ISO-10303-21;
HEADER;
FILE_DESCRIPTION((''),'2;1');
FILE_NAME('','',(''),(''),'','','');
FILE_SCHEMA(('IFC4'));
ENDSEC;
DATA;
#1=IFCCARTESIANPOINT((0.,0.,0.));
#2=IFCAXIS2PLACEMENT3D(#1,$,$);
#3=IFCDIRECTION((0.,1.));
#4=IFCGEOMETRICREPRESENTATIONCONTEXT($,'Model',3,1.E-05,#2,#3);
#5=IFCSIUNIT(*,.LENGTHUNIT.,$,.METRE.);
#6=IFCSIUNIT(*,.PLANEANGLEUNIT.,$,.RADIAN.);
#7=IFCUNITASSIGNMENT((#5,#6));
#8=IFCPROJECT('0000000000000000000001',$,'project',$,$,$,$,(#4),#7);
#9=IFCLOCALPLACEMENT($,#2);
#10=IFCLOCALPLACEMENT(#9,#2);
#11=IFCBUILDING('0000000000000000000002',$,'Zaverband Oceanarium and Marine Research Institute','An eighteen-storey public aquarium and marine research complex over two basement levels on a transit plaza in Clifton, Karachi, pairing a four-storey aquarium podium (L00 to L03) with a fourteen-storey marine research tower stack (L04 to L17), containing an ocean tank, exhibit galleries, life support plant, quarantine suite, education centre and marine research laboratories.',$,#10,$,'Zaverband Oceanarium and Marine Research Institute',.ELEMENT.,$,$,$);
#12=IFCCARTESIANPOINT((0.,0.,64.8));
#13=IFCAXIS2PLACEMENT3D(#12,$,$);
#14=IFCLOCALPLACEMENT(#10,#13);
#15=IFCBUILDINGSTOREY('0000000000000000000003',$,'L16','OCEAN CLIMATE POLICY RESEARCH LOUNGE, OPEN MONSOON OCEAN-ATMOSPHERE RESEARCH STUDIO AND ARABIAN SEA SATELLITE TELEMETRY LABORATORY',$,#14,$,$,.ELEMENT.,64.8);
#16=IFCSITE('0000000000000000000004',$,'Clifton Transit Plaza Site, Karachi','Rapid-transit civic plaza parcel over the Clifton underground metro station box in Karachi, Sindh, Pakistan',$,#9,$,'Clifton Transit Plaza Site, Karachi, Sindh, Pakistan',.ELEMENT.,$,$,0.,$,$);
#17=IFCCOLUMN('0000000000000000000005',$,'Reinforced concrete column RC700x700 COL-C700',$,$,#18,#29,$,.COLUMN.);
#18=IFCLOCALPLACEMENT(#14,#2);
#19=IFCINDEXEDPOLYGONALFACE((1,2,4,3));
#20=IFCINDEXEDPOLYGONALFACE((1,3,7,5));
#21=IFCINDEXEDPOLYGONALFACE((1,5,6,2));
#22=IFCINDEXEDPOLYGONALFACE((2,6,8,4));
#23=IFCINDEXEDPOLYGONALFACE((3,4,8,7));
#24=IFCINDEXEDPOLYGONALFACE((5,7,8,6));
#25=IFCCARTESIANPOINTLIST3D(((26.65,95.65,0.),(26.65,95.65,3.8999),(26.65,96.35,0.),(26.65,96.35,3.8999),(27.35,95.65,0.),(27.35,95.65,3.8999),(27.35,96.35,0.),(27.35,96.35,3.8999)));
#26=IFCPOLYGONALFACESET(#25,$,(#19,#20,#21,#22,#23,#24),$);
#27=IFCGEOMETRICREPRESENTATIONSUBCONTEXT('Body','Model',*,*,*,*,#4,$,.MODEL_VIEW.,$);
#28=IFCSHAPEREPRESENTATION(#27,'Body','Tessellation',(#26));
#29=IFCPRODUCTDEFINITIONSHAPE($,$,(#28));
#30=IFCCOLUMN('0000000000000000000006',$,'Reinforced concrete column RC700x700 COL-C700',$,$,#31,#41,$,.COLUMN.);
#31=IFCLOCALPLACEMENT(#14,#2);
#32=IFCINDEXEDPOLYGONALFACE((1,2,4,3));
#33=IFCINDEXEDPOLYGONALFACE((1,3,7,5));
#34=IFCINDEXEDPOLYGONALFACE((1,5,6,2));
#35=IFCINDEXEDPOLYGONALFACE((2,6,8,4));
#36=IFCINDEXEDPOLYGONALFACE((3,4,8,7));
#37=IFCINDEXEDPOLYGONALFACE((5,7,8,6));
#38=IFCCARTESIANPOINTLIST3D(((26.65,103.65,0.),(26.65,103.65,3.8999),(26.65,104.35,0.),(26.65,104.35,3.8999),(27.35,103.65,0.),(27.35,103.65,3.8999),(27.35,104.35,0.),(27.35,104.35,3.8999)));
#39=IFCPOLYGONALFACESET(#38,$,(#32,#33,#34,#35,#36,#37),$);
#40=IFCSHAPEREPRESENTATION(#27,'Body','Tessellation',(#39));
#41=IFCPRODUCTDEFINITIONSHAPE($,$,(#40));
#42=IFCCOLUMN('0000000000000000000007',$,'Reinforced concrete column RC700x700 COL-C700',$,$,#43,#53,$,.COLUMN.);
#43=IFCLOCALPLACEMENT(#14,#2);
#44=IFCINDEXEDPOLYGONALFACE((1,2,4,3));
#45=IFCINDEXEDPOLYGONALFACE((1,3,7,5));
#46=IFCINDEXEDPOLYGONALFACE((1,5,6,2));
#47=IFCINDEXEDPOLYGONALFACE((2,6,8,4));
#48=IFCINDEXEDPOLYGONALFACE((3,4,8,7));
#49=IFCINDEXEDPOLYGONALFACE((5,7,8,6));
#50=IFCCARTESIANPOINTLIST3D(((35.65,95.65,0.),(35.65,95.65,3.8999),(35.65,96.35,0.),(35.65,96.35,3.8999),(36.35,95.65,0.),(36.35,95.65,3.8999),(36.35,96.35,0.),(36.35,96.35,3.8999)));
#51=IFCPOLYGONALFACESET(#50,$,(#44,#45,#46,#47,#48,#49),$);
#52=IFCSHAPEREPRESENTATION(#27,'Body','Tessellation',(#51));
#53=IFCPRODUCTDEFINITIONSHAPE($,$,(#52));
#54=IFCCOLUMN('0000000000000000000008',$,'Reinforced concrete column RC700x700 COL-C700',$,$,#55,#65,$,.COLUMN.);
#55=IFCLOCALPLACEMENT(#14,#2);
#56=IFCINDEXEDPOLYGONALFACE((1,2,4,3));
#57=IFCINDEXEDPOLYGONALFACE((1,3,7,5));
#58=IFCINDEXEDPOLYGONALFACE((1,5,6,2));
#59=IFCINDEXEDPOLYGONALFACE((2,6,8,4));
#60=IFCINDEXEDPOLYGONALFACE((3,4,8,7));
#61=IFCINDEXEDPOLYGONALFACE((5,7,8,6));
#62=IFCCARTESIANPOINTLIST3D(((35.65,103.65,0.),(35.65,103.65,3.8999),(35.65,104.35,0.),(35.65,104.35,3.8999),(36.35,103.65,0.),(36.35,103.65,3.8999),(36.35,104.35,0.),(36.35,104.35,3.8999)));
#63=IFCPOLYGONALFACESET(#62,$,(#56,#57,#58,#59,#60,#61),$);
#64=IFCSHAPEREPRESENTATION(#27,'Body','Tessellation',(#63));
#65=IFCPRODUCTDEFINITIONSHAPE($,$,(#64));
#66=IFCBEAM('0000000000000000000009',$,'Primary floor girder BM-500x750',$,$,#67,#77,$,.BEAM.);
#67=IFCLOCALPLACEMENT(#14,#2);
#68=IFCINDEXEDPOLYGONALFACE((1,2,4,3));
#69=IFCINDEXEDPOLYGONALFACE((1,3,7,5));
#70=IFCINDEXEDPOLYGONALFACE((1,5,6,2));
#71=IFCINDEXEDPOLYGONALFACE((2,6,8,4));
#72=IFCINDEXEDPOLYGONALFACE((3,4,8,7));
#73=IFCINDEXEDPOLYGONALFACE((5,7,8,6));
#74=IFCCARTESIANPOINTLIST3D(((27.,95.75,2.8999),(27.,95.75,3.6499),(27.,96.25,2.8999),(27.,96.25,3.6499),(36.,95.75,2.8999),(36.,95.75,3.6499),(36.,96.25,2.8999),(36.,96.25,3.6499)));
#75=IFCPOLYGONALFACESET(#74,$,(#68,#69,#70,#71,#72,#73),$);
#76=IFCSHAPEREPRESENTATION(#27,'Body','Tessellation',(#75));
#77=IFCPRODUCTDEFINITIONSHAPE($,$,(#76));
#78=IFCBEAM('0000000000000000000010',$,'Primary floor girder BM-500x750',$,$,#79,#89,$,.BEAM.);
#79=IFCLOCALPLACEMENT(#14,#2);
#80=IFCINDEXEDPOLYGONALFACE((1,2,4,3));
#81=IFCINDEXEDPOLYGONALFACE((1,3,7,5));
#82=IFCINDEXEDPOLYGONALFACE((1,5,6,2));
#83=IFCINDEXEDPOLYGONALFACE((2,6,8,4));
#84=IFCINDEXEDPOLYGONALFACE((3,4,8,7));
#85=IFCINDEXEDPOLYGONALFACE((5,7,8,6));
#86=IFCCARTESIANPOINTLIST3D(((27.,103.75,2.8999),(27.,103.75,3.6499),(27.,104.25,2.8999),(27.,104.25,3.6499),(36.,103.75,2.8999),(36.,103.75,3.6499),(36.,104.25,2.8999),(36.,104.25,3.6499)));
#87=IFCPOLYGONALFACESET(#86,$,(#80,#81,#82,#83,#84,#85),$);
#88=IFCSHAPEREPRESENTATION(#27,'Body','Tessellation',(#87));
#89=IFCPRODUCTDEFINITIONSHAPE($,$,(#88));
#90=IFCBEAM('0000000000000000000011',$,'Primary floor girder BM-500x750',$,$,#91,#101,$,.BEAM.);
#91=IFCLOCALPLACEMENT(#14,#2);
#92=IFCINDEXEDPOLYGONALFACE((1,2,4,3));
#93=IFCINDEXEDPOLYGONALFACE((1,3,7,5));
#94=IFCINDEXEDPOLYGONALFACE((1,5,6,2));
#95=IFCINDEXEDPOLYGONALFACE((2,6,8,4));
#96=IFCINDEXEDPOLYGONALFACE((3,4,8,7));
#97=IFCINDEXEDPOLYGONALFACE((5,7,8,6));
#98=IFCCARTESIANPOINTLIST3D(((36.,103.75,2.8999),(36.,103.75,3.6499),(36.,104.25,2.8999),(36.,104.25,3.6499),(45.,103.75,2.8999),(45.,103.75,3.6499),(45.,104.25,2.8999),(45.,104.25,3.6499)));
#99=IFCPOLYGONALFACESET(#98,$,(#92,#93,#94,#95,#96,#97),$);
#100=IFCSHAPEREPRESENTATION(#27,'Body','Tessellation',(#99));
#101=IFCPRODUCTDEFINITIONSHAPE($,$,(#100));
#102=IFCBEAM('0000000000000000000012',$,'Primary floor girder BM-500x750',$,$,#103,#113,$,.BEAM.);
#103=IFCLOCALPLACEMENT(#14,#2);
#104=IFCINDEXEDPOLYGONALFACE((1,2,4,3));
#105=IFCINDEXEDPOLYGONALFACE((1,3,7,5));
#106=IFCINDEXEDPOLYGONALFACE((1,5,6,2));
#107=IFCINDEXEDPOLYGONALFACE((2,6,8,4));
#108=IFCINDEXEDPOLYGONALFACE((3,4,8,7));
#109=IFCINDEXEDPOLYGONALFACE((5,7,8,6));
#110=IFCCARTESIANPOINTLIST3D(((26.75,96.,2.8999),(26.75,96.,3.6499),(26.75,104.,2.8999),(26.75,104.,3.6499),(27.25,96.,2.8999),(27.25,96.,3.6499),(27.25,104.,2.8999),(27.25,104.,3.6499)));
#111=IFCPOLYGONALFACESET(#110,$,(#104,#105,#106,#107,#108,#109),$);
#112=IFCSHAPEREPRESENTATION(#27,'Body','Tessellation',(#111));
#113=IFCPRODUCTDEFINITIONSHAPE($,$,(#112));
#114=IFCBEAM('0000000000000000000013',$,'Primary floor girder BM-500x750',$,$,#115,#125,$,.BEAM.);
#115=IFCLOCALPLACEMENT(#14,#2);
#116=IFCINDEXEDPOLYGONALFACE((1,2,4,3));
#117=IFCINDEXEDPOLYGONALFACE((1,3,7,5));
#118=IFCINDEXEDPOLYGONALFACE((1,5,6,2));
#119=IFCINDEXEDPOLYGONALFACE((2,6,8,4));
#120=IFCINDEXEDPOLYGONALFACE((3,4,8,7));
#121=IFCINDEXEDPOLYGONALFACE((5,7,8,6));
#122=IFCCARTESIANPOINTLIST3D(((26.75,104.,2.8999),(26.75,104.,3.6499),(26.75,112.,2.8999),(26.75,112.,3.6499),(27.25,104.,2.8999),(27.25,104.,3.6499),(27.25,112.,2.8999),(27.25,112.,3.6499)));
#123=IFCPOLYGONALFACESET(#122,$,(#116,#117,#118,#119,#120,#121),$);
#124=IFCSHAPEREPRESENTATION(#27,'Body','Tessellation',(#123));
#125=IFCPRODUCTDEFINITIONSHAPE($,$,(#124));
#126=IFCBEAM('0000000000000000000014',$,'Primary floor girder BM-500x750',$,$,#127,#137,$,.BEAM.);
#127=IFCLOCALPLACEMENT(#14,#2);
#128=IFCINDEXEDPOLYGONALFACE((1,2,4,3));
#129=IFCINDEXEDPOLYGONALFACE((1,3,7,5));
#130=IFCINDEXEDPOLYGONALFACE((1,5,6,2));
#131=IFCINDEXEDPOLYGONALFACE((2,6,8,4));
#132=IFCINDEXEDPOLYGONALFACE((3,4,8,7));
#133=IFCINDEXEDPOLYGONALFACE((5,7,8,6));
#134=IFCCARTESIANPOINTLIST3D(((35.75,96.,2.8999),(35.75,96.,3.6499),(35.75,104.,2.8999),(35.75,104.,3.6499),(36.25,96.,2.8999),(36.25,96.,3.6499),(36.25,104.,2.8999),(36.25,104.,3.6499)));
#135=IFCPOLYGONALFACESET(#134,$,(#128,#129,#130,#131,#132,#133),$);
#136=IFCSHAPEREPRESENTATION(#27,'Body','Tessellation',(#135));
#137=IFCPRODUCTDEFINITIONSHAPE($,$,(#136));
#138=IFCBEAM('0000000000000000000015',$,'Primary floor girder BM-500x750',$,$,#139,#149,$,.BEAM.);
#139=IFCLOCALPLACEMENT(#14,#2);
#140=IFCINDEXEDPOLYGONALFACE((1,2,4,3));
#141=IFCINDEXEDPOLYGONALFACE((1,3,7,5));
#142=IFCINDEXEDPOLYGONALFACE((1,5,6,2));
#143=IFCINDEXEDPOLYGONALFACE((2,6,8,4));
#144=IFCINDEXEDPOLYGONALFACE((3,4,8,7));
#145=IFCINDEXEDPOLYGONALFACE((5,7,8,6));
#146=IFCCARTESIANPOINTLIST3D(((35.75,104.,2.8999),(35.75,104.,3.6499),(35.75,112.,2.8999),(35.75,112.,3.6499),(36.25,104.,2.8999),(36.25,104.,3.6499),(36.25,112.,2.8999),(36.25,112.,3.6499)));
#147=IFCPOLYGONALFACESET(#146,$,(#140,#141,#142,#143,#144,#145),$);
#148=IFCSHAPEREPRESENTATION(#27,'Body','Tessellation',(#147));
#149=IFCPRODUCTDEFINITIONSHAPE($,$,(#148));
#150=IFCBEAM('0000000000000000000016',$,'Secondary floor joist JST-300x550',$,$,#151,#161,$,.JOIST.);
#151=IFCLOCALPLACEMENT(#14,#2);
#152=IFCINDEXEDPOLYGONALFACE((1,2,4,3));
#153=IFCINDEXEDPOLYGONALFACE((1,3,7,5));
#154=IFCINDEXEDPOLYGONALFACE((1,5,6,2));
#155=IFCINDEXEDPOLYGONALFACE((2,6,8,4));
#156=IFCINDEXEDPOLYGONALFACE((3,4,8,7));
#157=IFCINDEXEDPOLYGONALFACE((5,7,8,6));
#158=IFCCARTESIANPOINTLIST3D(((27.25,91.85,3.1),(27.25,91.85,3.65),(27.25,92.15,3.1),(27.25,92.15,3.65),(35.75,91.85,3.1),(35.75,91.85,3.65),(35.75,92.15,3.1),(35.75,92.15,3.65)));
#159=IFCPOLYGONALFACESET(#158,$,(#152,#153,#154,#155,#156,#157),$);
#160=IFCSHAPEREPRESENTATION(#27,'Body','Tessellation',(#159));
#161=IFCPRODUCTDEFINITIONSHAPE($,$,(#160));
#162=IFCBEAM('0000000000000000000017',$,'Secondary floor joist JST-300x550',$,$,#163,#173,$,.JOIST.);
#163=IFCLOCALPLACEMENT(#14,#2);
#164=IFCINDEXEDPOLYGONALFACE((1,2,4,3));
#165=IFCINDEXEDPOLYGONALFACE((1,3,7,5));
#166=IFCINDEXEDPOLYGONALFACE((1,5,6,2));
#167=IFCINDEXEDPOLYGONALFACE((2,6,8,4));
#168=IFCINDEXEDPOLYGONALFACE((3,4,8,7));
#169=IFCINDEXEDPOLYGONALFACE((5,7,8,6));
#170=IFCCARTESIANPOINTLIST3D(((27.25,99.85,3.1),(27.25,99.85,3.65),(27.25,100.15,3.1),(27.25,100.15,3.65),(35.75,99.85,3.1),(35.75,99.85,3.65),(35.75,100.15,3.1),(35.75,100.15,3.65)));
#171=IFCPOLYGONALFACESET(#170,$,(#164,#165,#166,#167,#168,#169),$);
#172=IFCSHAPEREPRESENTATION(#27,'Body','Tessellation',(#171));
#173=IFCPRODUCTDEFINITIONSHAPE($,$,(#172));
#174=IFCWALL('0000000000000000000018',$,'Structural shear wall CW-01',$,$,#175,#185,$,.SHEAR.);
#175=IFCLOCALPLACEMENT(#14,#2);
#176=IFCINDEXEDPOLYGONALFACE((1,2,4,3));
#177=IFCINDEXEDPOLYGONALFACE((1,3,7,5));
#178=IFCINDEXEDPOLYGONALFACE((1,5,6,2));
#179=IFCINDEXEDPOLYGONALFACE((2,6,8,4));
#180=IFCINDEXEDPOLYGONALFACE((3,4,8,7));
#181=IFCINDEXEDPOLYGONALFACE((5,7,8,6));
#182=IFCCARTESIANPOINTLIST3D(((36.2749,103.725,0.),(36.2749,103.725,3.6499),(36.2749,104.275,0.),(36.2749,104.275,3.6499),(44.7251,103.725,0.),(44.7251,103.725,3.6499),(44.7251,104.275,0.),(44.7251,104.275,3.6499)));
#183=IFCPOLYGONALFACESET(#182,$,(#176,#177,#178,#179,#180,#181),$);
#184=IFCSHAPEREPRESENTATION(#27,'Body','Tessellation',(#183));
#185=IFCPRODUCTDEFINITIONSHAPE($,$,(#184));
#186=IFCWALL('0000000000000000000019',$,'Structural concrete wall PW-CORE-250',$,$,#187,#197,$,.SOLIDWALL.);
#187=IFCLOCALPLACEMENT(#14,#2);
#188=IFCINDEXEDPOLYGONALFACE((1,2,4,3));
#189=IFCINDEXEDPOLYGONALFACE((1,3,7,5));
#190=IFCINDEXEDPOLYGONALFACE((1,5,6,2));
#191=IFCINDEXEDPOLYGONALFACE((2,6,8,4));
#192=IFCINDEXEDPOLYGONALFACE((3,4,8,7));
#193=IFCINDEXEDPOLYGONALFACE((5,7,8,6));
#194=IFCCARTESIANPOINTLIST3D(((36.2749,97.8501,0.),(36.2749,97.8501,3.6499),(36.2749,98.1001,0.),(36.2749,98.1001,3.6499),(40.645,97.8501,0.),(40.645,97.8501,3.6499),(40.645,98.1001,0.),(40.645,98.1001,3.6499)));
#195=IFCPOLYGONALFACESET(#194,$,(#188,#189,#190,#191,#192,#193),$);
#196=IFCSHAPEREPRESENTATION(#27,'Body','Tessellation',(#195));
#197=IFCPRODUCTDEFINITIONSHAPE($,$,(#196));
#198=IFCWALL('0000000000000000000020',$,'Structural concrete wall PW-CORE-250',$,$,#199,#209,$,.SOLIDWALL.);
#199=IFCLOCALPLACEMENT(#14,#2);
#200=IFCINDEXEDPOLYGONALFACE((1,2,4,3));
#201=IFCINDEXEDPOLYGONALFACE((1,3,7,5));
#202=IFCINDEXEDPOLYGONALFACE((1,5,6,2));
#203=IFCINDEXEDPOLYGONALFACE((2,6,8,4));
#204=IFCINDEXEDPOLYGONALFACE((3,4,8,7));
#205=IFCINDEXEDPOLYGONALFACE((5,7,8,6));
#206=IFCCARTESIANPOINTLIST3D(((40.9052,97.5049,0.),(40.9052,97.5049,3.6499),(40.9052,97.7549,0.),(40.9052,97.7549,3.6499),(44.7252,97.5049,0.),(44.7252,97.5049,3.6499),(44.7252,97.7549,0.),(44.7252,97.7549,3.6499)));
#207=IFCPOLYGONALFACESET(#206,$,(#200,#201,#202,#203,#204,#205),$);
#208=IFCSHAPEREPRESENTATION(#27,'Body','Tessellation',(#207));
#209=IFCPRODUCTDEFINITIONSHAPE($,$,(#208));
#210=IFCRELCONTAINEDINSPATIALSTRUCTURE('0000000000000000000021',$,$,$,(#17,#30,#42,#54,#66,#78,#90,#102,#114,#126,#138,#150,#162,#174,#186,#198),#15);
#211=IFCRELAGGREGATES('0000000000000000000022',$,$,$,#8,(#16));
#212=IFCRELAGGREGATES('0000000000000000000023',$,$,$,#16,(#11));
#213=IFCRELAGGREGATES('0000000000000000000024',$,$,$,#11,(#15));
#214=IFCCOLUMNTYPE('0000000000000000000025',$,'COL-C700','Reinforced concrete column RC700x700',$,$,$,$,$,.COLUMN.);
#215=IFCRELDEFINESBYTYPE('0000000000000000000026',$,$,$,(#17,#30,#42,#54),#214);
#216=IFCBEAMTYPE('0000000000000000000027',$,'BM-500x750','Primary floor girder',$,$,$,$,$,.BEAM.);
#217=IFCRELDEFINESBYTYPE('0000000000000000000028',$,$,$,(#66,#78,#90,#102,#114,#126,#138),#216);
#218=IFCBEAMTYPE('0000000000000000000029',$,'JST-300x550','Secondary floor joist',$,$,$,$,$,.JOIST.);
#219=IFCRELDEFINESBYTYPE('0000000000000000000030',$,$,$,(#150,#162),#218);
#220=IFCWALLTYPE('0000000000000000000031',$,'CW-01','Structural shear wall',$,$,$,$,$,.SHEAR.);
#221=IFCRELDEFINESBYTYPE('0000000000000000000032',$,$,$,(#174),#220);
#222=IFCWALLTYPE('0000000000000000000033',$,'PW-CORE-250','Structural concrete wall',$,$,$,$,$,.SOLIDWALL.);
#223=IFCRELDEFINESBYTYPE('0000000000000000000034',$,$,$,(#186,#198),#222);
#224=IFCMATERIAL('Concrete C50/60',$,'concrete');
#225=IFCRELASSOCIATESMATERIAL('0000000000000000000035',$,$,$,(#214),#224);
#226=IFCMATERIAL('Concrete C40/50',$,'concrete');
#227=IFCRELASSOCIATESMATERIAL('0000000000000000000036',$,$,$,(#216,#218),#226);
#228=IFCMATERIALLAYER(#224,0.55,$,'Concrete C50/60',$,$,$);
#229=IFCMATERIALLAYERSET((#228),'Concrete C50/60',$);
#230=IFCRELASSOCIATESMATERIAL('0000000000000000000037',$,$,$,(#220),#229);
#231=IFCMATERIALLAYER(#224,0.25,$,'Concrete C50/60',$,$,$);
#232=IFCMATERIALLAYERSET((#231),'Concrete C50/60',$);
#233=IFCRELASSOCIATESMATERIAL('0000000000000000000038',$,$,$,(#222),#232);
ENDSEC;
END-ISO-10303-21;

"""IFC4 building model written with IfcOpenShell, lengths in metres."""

from ifc_helpers import new_model, si_unit, direction, frame, frame_2d, origin, origin_2d, place, context, subcontext, project, spatial, rectangle, extrude, material, layer, layer_set, material_profile, profile_set, type_object, element, save


model = new_model("IFC4")

# Units and contexts
model_context = context("Model", 3, precision=1e-05, world=origin(), true_north=direction((0.0, 1.0)))
body_context = subcontext(model_context, "Body", "Model", "MODEL_VIEW")
ifc_project = project(units=[si_unit("LENGTHUNIT", "METRE"), si_unit("PLANEANGLEUNIT", "RADIAN")], contexts=[model_context])

# Site, building, storey
site_placement = place(None, origin())
site = spatial("IfcSite", under=ifc_project, at=site_placement, Name="Clifton Transit Plaza Site, Karachi", Description="Rapid-transit civic plaza parcel over the Clifton underground metro station box in Karachi, Sindh, Pakistan", LongName="Clifton Transit Plaza Site, Karachi, Sindh, Pakistan", CompositionType="ELEMENT", RefElevation=0.0)
building_placement = place(site_placement, origin())
building = spatial("IfcBuilding", under=site, at=building_placement, Name="Zaverband Oceanarium and Marine Research Institute", Description="An eighteen-storey public aquarium and marine research complex over two basement levels on a transit plaza in Clifton, Karachi, pairing a four-storey aquarium podium (L00 to L03) with a fourteen-storey marine research tower stack (L04 to L17), containing an ocean tank, exhibit galleries, life support plant, quarantine suite, education centre and marine research laboratories.", LongName="Zaverband Oceanarium and Marine Research Institute", CompositionType="ELEMENT")
storey_placement = place(building_placement, frame((0.0, 0.0, 64.8)))
storey = spatial("IfcBuildingStorey", under=building, at=storey_placement, Name="L16", Description="OCEAN CLIMATE POLICY RESEARCH LOUNGE, OPEN MONSOON OCEAN-ATMOSPHERE RESEARCH STUDIO AND ARABIAN SEA SATELLITE TELEMETRY LABORATORY", CompositionType="ELEMENT", Elevation=64.8)

# Columns
ifc_material_1 = material(Name="Concrete C50/60", Category="concrete")
ifc_material_profile_1 = material_profile(ifc_material_1, rectangle(XDim=0.7, YDim=0.7, at=origin_2d()), Name="RC700x700")
ifc_profile_set_1 = profile_set([ifc_material_profile_1], Name="Concrete C50/60")
column_type = type_object("IfcColumnType", Name="COL-C700", Description="Reinforced concrete column RC700x700", PredefinedType="COLUMN", material=ifc_profile_set_1)
for number, where, z_axis, x_axis, name in (
    (1, (27.0, 96.0, 0.0), (0.0, 0.0, 1.0), (1.0, 0.0, 0.0), "Reinforced concrete column RC700x700 COL-C700"),
    (2, (27.0, 104.0, 0.0), (0.0, 0.0, 1.0), (1.0, 0.0, 0.0), "Reinforced concrete column RC700x700 COL-C700"),
    (3, (36.0, 96.0, 0.0), (0.0, 0.0, 1.0), (1.0, 0.0, 0.0), "Reinforced concrete column RC700x700 COL-C700"),
    (4, (36.0, 104.0, 0.0), (0.0, 0.0, 1.0), (1.0, 0.0, 0.0), "Reinforced concrete column RC700x700 COL-C700"),
):
    element("IfcColumn", number, at=place(storey_placement, frame(where, z_axis=z_axis, x_axis=x_axis)), inside=storey, type_object=column_type, Name=name, PredefinedType="COLUMN", context=body_context, shape_type="SweptSolid", body=[
        extrude(rectangle(XDim=0.7, YDim=0.7, at=origin_2d()), origin(), (0.0, 0.0, 1.0), 3.8999),
    ])

# Beams
ifc_material_2 = material(Name="Concrete C40/50", Category="concrete")
ifc_material_profile_2 = material_profile(ifc_material_2, rectangle(XDim=0.5, YDim=0.75, at=origin_2d()), Name="RC500x750")
ifc_profile_set_2 = profile_set([ifc_material_profile_2], Name="Concrete C40/50")
beam_type_1 = type_object("IfcBeamType", Name="BM-500x750", Description="Primary floor girder", PredefinedType="BEAM", material=ifc_profile_set_2)
for number, where, z_axis, x_axis, name in (
    (5, (27.0, 96.0, 3.2749), (1.0, 0.0, 0.0), (0.0, 1.0, 0.0), "Primary floor girder BM-500x750"),
    (6, (27.0, 104.0, 3.2749), (1.0, 0.0, 0.0), (0.0, 1.0, 0.0), "Primary floor girder BM-500x750"),
    (7, (36.0, 104.0, 3.2749), (1.0, 0.0, 0.0), (0.0, 1.0, 0.0), "Primary floor girder BM-500x750"),
):
    element("IfcBeam", number, at=place(storey_placement, frame(where, z_axis=z_axis, x_axis=x_axis)), inside=storey, type_object=beam_type_1, Name=name, PredefinedType="BEAM", context=body_context, shape_type="SweptSolid", body=[
        extrude(rectangle(XDim=0.5, YDim=0.75, at=origin_2d()), origin(), (0.0, 0.0, 1.0), 9.0),
    ])
for number, where, z_axis, x_axis, name in (
    (8, (27.0, 96.0, 3.2749), (0.0, 1.0, 0.0), (-1.0, 0.0, 0.0), "Primary floor girder BM-500x750"),
    (9, (27.0, 104.0, 3.2749), (0.0, 1.0, 0.0), (-1.0, 0.0, 0.0), "Primary floor girder BM-500x750"),
    (10, (36.0, 96.0, 3.2749), (0.0, 1.0, 0.0), (-1.0, 0.0, 0.0), "Primary floor girder BM-500x750"),
    (11, (36.0, 104.0, 3.2749), (0.0, 1.0, 0.0), (-1.0, 0.0, 0.0), "Primary floor girder BM-500x750"),
):
    element("IfcBeam", number, at=place(storey_placement, frame(where, z_axis=z_axis, x_axis=x_axis)), inside=storey, type_object=beam_type_1, Name=name, PredefinedType="BEAM", context=body_context, shape_type="SweptSolid", body=[
        extrude(rectangle(XDim=0.5, YDim=0.75, at=origin_2d()), origin(), (0.0, 0.0, 1.0), 8.0),
    ])
ifc_material_profile_3 = material_profile(ifc_material_2, rectangle(XDim=0.3, YDim=0.55, at=origin_2d()), Name="RC300x550")
ifc_profile_set_3 = profile_set([ifc_material_profile_3], Name="Concrete C40/50")
beam_type_2 = type_object("IfcBeamType", Name="JST-300x550", Description="Secondary floor joist", PredefinedType="JOIST", material=ifc_profile_set_3)
for number, where, z_axis, x_axis, name in (
    (12, (27.25, 92.0, 3.375), (1.0, 0.0, 0.0), (0.0, 1.0, 0.0), "Secondary floor joist JST-300x550"),
    (13, (27.25, 100.0, 3.375), (1.0, 0.0, 0.0), (0.0, 1.0, 0.0), "Secondary floor joist JST-300x550"),
):
    element("IfcBeam", number, at=place(storey_placement, frame(where, z_axis=z_axis, x_axis=x_axis)), inside=storey, type_object=beam_type_2, Name=name, PredefinedType="JOIST", context=body_context, shape_type="SweptSolid", body=[
        extrude(rectangle(XDim=0.3, YDim=0.55, at=origin_2d()), origin(), (0.0, 0.0, 1.0), 8.5),
    ])

# Walls
ifc_layer_1 = layer(ifc_material_1, 0.55, Name="Concrete C50/60")
ifc_layer_set_1 = layer_set([ifc_layer_1], Name="Concrete C50/60")
wall_type_1 = type_object("IfcWallType", Name="CW-01", Description="Structural shear wall", PredefinedType="SHEAR", material=ifc_layer_set_1)
wall_1_placement = place(storey_placement, frame((36.2749, 104.0, 0.0), z_axis=(0.0, 0.0, 1.0), x_axis=(1.0, 0.0, 0.0)))
element("IfcWall", 14, at=wall_1_placement, inside=storey, type_object=wall_type_1, Name="Structural shear wall CW-01", PredefinedType="SHEAR", context=body_context, shape_type="SweptSolid", body=[
    extrude(rectangle(XDim=8.4502, YDim=0.55, at=frame_2d((4.2251, 0.0))), origin(), (0.0, 0.0, 1.0), 3.6499),
])
ifc_layer_2 = layer(ifc_material_1, 0.25, Name="Concrete C50/60")
ifc_layer_set_2 = layer_set([ifc_layer_2], Name="Concrete C50/60")
wall_type_2 = type_object("IfcWallType", Name="PW-CORE-250", Description="Structural concrete wall", PredefinedType="SOLIDWALL", material=ifc_layer_set_2)
wall_2_placement = place(storey_placement, frame((36.2749, 97.9751, 0.0), z_axis=(0.0, 0.0, 1.0), x_axis=(1.0, 0.0, 0.0)))
element("IfcWall", 15, at=wall_2_placement, inside=storey, type_object=wall_type_2, Name="Structural concrete wall PW-CORE-250", PredefinedType="SOLIDWALL", context=body_context, shape_type="SweptSolid", body=[
    extrude(rectangle(XDim=4.3701, YDim=0.25, at=frame_2d((2.1851, 0.0))), origin(), (0.0, 0.0, 1.0), 3.6499),
])

# Wall
wall_3_placement = place(storey_placement, frame((40.905, 97.6299, 0.0), z_axis=(0.0, 0.0, 1.0), x_axis=(1.0, 0.0, 0.0)))
element("IfcWall", 16, at=wall_3_placement, inside=storey, type_object=wall_type_2, Name="Structural concrete wall PW-CORE-250", PredefinedType="SOLIDWALL", context=body_context, shape_type="SweptSolid", body=[
    extrude(rectangle(XDim=3.8201, YDim=0.25, at=frame_2d((1.9102, 0.0))), origin(), (0.0, 0.0, 1.0), 3.6499),
])

save(model, "model.ifc")
